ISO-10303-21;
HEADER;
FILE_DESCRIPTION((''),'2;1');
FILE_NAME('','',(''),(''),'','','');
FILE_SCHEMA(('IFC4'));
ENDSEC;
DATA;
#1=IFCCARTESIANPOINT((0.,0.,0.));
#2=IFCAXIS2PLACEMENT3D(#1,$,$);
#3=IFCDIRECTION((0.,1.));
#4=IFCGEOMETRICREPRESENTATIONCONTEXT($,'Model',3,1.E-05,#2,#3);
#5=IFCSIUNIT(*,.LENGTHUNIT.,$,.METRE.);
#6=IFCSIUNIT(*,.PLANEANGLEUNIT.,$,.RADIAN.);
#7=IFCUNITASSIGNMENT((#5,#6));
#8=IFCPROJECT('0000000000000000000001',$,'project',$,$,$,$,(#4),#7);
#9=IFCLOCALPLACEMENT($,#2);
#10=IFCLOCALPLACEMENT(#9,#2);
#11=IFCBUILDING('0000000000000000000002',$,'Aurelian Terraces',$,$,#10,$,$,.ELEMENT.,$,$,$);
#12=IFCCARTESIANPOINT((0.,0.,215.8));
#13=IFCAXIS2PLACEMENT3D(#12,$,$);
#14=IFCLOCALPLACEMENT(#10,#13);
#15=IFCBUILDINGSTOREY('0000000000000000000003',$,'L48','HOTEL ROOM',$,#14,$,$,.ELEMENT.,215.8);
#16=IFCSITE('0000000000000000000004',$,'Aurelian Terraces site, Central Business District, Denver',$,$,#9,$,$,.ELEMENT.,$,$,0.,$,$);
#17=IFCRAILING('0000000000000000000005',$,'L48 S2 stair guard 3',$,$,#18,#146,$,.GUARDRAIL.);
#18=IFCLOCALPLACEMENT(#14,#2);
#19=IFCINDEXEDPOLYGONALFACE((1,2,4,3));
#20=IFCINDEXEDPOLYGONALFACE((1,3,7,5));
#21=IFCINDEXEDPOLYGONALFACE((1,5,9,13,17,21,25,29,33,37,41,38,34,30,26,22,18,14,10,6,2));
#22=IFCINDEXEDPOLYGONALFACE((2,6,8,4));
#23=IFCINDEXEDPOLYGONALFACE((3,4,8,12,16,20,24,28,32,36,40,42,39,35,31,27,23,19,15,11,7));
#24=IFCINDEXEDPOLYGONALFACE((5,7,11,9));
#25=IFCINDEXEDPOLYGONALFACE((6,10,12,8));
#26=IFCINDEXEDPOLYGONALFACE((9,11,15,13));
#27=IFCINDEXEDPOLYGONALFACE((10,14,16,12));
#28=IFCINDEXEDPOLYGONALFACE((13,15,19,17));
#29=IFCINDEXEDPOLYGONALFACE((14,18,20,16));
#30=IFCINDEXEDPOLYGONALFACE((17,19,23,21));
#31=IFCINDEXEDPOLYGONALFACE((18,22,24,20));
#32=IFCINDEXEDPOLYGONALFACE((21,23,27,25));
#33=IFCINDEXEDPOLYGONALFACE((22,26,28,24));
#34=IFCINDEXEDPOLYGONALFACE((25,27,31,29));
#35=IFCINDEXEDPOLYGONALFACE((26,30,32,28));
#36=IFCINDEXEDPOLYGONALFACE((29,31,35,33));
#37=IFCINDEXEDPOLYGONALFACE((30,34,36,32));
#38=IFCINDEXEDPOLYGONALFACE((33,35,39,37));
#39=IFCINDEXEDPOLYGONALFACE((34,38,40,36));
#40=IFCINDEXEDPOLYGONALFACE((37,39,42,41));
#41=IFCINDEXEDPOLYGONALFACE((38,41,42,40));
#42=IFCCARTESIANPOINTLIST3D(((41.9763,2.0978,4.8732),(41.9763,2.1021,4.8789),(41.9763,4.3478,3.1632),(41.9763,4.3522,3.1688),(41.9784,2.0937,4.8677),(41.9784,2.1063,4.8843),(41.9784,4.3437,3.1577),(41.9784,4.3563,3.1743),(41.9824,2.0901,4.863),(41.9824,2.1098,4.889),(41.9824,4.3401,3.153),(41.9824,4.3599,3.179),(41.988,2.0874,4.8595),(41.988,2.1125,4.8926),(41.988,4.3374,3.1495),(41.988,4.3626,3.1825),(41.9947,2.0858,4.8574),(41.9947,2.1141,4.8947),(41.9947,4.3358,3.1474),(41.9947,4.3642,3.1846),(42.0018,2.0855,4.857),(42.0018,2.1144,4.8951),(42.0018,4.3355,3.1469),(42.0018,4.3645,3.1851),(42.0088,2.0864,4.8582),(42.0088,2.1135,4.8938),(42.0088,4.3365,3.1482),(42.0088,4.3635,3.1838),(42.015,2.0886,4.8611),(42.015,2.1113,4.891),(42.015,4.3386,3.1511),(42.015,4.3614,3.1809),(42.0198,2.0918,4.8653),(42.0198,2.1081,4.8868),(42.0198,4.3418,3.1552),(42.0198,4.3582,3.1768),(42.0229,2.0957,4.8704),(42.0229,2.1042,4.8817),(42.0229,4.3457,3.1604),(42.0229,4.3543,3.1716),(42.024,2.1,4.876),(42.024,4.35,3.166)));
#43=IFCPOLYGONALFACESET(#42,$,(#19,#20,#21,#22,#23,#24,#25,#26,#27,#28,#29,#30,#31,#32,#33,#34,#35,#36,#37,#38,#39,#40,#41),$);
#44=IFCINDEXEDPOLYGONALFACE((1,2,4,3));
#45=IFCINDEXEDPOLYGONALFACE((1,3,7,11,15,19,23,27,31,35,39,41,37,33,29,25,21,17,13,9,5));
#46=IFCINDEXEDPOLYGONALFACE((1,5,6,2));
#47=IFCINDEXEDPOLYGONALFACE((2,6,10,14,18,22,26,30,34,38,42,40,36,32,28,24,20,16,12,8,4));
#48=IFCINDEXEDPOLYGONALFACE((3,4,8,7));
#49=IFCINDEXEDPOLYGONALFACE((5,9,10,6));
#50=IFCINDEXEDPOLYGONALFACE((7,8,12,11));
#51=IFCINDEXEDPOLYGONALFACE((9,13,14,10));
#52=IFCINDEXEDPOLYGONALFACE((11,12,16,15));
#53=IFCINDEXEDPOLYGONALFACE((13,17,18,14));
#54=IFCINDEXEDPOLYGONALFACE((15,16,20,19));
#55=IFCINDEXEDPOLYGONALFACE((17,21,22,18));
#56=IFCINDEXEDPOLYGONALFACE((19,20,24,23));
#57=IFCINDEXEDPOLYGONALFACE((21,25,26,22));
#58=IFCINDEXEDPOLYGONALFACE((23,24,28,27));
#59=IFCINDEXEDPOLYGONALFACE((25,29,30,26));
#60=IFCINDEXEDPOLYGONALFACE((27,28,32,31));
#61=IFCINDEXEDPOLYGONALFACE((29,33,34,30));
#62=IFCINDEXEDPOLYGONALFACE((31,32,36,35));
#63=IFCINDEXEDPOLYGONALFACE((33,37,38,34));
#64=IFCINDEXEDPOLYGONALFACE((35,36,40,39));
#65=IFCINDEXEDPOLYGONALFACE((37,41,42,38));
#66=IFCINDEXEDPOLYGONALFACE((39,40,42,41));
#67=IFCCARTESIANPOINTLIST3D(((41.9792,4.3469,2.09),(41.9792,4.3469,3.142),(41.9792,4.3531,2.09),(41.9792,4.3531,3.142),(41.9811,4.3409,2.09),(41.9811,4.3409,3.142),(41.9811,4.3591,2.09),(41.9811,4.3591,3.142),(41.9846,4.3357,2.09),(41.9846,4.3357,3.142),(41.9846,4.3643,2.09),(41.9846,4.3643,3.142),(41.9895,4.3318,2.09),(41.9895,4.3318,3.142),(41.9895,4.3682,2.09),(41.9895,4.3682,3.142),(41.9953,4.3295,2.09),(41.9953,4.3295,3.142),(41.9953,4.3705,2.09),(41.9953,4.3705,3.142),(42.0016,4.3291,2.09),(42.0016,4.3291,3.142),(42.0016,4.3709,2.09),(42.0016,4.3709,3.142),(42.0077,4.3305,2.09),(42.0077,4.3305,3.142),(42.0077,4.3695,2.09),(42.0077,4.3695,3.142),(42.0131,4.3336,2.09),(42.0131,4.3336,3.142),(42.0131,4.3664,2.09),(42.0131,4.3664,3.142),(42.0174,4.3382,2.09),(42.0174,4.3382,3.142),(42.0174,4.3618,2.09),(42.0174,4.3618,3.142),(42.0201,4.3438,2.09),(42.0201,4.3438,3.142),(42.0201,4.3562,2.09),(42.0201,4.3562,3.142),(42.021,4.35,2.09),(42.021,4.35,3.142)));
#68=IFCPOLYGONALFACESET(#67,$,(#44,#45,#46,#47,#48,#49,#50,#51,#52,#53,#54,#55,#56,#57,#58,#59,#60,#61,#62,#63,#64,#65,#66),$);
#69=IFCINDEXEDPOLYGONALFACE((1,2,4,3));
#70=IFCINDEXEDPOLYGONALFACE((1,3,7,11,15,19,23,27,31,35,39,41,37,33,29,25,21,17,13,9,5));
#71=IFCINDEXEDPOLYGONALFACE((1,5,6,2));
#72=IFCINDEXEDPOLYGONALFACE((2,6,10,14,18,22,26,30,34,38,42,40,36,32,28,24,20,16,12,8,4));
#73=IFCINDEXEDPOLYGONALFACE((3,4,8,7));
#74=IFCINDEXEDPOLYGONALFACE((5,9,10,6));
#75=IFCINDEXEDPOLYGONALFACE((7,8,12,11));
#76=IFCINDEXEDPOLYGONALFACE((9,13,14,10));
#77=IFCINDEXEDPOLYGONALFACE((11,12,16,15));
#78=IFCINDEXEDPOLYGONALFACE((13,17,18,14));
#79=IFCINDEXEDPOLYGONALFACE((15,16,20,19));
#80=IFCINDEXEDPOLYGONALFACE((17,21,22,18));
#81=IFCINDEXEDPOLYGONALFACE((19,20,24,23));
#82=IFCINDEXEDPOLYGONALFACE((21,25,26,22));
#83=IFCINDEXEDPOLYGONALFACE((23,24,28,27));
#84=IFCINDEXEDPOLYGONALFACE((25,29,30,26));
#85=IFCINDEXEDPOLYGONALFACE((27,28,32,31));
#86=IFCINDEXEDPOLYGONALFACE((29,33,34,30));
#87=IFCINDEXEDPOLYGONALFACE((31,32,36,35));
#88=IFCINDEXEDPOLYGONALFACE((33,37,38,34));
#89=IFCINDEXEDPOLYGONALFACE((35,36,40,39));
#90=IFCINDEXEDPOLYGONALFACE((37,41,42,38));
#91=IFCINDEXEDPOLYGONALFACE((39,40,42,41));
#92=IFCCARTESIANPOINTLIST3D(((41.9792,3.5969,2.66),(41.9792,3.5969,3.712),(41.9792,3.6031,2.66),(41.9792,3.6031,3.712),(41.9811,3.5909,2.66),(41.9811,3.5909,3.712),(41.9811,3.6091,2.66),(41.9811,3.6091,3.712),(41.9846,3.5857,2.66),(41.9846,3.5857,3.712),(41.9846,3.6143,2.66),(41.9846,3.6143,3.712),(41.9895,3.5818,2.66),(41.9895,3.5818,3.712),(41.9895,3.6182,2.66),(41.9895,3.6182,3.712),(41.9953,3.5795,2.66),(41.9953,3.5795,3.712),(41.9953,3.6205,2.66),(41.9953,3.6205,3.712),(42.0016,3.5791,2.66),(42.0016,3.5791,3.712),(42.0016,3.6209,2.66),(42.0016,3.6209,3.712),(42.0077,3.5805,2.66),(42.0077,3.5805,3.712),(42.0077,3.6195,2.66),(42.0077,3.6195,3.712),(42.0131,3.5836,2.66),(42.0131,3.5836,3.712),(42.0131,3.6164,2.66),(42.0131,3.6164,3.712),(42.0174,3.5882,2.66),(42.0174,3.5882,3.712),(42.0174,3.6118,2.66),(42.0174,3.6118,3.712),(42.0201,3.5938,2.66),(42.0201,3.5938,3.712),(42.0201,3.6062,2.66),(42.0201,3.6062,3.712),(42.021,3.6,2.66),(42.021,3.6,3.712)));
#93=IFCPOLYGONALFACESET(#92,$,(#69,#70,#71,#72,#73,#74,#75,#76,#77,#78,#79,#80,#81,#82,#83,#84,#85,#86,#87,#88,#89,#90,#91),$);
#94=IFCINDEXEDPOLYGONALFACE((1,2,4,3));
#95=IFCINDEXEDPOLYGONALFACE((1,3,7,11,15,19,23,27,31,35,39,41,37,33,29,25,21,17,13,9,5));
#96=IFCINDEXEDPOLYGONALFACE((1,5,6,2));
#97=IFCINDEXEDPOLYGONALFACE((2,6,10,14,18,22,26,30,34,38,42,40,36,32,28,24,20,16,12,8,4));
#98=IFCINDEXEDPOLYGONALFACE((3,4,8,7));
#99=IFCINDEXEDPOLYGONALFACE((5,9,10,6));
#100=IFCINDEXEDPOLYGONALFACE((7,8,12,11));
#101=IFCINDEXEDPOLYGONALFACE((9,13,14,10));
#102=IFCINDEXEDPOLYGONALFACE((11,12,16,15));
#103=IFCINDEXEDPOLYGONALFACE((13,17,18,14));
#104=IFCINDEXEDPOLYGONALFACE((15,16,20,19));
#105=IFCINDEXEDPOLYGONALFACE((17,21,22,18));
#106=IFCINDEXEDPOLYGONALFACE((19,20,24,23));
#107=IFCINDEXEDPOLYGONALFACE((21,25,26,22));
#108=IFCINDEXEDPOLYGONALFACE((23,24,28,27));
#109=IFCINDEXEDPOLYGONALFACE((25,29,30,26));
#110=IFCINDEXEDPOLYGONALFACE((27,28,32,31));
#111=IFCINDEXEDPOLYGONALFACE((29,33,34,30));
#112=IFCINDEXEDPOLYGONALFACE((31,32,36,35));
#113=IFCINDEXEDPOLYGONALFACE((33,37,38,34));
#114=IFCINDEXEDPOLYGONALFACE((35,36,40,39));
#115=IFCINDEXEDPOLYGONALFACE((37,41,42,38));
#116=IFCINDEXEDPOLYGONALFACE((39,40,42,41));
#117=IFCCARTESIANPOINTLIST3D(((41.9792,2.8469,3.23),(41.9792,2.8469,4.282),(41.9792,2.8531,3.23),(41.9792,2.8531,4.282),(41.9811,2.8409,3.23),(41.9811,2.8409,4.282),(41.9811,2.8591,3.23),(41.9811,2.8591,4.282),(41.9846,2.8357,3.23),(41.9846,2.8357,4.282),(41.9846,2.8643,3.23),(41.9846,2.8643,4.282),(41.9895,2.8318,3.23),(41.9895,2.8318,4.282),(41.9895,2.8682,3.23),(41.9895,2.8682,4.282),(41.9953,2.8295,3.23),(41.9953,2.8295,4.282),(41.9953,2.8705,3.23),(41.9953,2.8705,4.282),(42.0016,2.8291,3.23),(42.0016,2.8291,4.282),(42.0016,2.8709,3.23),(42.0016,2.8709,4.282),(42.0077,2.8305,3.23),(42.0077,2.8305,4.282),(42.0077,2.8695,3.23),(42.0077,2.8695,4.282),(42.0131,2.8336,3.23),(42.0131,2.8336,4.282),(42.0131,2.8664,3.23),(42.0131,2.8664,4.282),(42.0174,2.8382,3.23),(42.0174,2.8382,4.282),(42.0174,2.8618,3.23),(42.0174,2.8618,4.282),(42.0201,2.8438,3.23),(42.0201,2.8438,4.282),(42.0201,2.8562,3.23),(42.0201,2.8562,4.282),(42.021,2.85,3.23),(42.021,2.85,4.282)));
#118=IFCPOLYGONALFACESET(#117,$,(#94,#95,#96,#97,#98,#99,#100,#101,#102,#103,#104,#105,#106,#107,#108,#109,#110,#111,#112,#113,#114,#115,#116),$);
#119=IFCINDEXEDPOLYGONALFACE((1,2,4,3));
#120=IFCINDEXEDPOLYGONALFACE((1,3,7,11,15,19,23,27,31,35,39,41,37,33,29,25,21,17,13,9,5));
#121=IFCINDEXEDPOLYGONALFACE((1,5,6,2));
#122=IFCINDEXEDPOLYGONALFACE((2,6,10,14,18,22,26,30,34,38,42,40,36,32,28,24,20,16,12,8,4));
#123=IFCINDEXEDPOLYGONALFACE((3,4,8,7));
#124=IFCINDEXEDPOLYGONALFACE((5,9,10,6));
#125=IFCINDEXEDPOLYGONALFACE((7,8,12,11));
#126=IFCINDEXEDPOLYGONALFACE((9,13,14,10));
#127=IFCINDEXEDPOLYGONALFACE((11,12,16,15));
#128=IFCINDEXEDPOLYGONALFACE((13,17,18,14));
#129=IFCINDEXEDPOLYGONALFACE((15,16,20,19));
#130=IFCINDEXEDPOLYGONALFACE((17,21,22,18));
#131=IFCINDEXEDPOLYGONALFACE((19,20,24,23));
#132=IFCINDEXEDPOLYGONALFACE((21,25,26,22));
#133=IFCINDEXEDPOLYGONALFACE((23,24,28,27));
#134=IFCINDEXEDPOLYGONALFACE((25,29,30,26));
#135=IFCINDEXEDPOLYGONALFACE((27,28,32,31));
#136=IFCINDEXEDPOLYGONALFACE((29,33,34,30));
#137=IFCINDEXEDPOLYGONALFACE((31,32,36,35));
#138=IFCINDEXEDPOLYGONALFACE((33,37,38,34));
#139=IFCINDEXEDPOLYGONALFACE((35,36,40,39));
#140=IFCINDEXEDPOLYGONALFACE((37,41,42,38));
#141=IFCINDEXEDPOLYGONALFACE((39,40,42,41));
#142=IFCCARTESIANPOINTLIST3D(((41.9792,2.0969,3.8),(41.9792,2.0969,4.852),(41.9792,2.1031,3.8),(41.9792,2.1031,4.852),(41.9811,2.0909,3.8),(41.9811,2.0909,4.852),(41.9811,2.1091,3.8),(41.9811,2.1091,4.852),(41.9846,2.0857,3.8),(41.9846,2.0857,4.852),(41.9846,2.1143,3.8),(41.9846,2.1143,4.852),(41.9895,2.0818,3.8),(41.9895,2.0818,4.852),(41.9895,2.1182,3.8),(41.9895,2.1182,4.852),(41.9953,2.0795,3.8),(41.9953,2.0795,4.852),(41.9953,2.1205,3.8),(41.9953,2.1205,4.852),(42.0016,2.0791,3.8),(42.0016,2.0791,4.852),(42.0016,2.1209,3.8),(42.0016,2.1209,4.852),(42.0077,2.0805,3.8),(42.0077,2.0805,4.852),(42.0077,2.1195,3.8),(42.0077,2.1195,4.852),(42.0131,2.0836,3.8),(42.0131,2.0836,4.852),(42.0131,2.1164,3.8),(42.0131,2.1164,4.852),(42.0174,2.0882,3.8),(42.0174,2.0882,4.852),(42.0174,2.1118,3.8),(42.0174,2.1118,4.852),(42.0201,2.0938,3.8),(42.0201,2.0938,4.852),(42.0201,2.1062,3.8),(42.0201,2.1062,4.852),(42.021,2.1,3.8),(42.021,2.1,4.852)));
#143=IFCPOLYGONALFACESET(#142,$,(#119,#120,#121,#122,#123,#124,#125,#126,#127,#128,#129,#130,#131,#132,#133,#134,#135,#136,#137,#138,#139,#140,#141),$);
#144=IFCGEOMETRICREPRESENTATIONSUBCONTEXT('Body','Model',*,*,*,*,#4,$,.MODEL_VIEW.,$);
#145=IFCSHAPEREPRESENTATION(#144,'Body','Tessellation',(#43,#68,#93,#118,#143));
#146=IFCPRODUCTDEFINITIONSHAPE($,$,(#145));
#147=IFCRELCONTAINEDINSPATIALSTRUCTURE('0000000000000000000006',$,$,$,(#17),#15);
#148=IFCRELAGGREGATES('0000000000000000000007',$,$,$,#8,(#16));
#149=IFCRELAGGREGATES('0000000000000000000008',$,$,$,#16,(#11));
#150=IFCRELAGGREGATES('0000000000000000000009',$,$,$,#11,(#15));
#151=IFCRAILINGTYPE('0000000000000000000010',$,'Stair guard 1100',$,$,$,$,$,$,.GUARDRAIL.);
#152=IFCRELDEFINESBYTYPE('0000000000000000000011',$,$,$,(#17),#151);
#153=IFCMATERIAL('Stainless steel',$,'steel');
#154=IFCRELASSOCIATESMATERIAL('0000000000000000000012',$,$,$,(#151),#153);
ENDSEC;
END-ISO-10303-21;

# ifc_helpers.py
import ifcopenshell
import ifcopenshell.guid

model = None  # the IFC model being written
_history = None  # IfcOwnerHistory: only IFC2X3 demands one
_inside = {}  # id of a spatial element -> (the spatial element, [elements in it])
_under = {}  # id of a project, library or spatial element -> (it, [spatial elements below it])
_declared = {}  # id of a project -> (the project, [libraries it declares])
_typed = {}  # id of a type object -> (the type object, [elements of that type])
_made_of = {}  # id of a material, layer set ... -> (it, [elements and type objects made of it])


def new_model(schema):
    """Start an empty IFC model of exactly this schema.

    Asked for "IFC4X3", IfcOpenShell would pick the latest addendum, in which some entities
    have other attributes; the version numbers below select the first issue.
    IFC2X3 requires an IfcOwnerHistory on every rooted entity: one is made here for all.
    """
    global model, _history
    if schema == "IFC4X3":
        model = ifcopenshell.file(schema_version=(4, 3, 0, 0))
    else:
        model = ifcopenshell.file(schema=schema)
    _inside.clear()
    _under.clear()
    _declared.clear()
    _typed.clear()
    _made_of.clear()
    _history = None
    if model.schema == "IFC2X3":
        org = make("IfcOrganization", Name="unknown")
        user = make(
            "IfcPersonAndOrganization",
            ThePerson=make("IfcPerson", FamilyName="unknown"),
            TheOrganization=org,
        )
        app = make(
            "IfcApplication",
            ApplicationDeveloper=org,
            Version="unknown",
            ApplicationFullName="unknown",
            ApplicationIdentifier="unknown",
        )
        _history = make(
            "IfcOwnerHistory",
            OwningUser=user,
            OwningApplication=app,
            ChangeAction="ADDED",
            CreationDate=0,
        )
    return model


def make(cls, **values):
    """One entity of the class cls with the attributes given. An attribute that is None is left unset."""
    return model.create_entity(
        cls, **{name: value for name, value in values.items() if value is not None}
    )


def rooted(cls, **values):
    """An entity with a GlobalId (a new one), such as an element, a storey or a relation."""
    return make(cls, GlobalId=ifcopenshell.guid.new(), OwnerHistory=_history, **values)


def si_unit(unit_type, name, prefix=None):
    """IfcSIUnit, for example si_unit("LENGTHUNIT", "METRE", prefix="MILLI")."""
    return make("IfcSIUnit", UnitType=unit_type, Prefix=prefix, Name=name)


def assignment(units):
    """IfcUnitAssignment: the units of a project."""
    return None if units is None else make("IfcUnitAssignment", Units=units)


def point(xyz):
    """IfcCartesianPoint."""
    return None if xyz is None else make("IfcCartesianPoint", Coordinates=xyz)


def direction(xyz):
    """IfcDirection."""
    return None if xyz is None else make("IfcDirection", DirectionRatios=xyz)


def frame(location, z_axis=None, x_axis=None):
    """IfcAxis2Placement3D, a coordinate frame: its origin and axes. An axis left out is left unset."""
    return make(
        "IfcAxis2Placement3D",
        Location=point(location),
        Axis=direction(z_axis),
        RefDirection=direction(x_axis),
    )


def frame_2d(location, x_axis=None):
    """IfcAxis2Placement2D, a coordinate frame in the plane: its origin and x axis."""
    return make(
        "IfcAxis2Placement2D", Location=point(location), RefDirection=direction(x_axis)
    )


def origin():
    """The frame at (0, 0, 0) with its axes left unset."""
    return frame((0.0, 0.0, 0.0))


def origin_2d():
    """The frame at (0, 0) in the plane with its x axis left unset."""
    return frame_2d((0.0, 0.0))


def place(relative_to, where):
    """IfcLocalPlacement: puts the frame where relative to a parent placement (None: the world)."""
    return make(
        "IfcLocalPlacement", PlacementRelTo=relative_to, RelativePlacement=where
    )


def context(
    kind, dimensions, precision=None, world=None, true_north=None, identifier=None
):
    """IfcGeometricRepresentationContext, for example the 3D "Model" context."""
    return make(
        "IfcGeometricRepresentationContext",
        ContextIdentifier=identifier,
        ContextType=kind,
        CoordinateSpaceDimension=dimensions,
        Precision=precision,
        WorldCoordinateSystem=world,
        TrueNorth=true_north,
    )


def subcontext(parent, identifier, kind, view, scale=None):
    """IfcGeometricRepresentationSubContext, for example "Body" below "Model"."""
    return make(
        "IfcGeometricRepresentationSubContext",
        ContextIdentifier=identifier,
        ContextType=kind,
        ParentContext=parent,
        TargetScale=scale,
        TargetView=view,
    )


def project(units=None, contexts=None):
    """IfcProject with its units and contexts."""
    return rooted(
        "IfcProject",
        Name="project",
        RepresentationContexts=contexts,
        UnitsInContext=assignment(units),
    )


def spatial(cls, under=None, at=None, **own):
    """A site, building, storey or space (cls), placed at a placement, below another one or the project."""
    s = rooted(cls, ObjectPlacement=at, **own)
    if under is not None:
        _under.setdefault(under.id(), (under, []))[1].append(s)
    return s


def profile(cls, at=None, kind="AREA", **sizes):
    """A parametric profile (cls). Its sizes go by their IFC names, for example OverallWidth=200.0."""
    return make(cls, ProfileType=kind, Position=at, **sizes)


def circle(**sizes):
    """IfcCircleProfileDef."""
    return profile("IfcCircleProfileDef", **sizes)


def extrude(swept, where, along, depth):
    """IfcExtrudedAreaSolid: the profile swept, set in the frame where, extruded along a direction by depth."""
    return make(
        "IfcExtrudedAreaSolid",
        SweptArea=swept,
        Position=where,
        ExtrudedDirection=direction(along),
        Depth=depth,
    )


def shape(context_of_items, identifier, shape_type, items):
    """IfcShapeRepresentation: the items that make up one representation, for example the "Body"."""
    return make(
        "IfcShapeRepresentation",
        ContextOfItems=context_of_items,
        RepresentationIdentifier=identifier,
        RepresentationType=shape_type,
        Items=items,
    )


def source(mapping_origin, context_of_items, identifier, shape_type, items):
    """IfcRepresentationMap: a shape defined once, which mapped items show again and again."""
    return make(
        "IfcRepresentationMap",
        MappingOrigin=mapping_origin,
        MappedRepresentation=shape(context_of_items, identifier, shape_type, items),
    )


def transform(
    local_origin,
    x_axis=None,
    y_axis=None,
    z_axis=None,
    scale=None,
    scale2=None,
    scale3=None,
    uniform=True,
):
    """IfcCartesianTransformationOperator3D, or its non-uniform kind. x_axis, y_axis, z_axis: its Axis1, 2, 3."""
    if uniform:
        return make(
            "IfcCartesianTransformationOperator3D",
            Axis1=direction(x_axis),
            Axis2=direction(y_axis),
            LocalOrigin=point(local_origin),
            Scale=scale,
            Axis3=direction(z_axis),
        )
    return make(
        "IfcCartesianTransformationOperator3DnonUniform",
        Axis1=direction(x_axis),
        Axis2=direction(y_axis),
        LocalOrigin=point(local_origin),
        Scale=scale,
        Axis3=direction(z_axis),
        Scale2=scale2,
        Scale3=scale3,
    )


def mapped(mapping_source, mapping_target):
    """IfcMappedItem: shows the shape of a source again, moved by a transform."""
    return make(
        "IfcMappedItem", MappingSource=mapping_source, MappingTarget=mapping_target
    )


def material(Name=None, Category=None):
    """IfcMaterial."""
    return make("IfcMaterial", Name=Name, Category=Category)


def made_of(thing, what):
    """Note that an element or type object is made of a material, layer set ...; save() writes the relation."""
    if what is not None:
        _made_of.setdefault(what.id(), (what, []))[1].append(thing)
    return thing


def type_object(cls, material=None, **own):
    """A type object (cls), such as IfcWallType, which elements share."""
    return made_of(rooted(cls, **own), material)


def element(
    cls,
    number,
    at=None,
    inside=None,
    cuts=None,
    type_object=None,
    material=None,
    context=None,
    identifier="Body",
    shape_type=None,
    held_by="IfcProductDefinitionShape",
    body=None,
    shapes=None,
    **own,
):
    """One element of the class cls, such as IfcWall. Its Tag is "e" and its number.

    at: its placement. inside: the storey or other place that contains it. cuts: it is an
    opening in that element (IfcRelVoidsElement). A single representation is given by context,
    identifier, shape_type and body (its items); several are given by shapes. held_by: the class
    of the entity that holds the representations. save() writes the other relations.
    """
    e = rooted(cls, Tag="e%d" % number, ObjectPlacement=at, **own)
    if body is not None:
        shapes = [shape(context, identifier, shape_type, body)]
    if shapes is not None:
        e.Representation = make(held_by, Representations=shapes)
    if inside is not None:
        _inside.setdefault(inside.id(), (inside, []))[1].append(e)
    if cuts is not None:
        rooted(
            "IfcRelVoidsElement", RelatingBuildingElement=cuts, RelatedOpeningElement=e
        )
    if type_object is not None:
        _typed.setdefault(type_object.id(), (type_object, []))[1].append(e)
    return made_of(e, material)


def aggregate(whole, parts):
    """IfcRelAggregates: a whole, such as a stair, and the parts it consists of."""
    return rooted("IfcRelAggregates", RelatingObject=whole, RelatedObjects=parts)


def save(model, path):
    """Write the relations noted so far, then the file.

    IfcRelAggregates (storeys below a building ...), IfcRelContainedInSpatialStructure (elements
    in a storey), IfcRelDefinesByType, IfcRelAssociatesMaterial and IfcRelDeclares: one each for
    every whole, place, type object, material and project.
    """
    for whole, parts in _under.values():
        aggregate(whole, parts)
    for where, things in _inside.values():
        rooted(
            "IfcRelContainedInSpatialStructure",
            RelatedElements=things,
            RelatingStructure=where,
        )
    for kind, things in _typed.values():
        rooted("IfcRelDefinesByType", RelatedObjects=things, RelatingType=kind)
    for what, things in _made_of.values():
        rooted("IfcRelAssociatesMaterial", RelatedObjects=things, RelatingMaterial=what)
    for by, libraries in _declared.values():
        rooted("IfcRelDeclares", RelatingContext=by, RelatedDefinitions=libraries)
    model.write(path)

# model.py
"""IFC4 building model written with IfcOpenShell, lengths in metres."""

from ifc_helpers import new_model, si_unit, direction, frame, origin, origin_2d, place, context, subcontext, project, spatial, circle, extrude, source, transform, mapped, material, type_object, element, save


model = new_model("IFC4")

# Units and contexts
model_context = context("Model", 3, precision=1e-05, world=origin(), true_north=direction((0.0, 1.0)))
body_context = subcontext(model_context, "Body", "Model", "MODEL_VIEW")
ifc_project = project(units=[si_unit("LENGTHUNIT", "METRE"), si_unit("PLANEANGLEUNIT", "RADIAN")], contexts=[model_context])

# Site, building, storey
site_placement = place(None, origin())
site = spatial("IfcSite", under=ifc_project, at=site_placement, Name="Aurelian Terraces site, Central Business District, Denver", CompositionType="ELEMENT", RefElevation=0.0)
building_placement = place(site_placement, origin())
building = spatial("IfcBuilding", under=site, at=building_placement, Name="Aurelian Terraces", CompositionType="ELEMENT")
storey_placement = place(building_placement, frame((0.0, 0.0, 215.8)))
storey = spatial("IfcBuildingStorey", under=building, at=storey_placement, Name="L48", Description="HOTEL ROOM", CompositionType="ELEMENT", Elevation=215.8)

# Railing
ifc_material_1 = material(Name="Stainless steel", Category="steel")
railing_type_1 = type_object("IfcRailingType", Name="Stair guard 1100", PredefinedType="GUARDRAIL", material=ifc_material_1)
shared_shape_1 = source(origin(), body_context, "Body", "SweptSolid", [
    extrude(circle(Radius=0.024, at=origin_2d()), frame((0.0, 0.0, 1.076), z_axis=(0.0, -0.796162, 0.605083), x_axis=(1.0, 0.0, 0.0)), (0.0, 0.0, 1.0), 2.8261),
    extrude(circle(Radius=0.021, at=origin_2d()), origin(), (0.0, 0.0, 1.0), 1.052),
    extrude(circle(Radius=0.021, at=origin_2d()), frame((0.0, -0.75, 0.57)), (0.0, 0.0, 1.0), 1.052),
    extrude(circle(Radius=0.021, at=origin_2d()), frame((0.0, -1.5, 1.14)), (0.0, 0.0, 1.0), 1.052),
    extrude(circle(Radius=0.021, at=origin_2d()), frame((0.0, -2.25, 1.71)), (0.0, 0.0, 1.0), 1.052),
])
railing_1_placement = place(storey_placement, frame((42.0, 4.35, 2.09)))
element("IfcRailing", 1, at=railing_1_placement, inside=storey, type_object=railing_type_1, Name="L48 S2 stair guard 3", PredefinedType="GUARDRAIL", context=body_context, shape_type="MappedRepresentation", body=[
    mapped(shared_shape_1, transform((0.0, 0.0, 0.0), scale=1.0)),
])

save(model, "model.ifc")
